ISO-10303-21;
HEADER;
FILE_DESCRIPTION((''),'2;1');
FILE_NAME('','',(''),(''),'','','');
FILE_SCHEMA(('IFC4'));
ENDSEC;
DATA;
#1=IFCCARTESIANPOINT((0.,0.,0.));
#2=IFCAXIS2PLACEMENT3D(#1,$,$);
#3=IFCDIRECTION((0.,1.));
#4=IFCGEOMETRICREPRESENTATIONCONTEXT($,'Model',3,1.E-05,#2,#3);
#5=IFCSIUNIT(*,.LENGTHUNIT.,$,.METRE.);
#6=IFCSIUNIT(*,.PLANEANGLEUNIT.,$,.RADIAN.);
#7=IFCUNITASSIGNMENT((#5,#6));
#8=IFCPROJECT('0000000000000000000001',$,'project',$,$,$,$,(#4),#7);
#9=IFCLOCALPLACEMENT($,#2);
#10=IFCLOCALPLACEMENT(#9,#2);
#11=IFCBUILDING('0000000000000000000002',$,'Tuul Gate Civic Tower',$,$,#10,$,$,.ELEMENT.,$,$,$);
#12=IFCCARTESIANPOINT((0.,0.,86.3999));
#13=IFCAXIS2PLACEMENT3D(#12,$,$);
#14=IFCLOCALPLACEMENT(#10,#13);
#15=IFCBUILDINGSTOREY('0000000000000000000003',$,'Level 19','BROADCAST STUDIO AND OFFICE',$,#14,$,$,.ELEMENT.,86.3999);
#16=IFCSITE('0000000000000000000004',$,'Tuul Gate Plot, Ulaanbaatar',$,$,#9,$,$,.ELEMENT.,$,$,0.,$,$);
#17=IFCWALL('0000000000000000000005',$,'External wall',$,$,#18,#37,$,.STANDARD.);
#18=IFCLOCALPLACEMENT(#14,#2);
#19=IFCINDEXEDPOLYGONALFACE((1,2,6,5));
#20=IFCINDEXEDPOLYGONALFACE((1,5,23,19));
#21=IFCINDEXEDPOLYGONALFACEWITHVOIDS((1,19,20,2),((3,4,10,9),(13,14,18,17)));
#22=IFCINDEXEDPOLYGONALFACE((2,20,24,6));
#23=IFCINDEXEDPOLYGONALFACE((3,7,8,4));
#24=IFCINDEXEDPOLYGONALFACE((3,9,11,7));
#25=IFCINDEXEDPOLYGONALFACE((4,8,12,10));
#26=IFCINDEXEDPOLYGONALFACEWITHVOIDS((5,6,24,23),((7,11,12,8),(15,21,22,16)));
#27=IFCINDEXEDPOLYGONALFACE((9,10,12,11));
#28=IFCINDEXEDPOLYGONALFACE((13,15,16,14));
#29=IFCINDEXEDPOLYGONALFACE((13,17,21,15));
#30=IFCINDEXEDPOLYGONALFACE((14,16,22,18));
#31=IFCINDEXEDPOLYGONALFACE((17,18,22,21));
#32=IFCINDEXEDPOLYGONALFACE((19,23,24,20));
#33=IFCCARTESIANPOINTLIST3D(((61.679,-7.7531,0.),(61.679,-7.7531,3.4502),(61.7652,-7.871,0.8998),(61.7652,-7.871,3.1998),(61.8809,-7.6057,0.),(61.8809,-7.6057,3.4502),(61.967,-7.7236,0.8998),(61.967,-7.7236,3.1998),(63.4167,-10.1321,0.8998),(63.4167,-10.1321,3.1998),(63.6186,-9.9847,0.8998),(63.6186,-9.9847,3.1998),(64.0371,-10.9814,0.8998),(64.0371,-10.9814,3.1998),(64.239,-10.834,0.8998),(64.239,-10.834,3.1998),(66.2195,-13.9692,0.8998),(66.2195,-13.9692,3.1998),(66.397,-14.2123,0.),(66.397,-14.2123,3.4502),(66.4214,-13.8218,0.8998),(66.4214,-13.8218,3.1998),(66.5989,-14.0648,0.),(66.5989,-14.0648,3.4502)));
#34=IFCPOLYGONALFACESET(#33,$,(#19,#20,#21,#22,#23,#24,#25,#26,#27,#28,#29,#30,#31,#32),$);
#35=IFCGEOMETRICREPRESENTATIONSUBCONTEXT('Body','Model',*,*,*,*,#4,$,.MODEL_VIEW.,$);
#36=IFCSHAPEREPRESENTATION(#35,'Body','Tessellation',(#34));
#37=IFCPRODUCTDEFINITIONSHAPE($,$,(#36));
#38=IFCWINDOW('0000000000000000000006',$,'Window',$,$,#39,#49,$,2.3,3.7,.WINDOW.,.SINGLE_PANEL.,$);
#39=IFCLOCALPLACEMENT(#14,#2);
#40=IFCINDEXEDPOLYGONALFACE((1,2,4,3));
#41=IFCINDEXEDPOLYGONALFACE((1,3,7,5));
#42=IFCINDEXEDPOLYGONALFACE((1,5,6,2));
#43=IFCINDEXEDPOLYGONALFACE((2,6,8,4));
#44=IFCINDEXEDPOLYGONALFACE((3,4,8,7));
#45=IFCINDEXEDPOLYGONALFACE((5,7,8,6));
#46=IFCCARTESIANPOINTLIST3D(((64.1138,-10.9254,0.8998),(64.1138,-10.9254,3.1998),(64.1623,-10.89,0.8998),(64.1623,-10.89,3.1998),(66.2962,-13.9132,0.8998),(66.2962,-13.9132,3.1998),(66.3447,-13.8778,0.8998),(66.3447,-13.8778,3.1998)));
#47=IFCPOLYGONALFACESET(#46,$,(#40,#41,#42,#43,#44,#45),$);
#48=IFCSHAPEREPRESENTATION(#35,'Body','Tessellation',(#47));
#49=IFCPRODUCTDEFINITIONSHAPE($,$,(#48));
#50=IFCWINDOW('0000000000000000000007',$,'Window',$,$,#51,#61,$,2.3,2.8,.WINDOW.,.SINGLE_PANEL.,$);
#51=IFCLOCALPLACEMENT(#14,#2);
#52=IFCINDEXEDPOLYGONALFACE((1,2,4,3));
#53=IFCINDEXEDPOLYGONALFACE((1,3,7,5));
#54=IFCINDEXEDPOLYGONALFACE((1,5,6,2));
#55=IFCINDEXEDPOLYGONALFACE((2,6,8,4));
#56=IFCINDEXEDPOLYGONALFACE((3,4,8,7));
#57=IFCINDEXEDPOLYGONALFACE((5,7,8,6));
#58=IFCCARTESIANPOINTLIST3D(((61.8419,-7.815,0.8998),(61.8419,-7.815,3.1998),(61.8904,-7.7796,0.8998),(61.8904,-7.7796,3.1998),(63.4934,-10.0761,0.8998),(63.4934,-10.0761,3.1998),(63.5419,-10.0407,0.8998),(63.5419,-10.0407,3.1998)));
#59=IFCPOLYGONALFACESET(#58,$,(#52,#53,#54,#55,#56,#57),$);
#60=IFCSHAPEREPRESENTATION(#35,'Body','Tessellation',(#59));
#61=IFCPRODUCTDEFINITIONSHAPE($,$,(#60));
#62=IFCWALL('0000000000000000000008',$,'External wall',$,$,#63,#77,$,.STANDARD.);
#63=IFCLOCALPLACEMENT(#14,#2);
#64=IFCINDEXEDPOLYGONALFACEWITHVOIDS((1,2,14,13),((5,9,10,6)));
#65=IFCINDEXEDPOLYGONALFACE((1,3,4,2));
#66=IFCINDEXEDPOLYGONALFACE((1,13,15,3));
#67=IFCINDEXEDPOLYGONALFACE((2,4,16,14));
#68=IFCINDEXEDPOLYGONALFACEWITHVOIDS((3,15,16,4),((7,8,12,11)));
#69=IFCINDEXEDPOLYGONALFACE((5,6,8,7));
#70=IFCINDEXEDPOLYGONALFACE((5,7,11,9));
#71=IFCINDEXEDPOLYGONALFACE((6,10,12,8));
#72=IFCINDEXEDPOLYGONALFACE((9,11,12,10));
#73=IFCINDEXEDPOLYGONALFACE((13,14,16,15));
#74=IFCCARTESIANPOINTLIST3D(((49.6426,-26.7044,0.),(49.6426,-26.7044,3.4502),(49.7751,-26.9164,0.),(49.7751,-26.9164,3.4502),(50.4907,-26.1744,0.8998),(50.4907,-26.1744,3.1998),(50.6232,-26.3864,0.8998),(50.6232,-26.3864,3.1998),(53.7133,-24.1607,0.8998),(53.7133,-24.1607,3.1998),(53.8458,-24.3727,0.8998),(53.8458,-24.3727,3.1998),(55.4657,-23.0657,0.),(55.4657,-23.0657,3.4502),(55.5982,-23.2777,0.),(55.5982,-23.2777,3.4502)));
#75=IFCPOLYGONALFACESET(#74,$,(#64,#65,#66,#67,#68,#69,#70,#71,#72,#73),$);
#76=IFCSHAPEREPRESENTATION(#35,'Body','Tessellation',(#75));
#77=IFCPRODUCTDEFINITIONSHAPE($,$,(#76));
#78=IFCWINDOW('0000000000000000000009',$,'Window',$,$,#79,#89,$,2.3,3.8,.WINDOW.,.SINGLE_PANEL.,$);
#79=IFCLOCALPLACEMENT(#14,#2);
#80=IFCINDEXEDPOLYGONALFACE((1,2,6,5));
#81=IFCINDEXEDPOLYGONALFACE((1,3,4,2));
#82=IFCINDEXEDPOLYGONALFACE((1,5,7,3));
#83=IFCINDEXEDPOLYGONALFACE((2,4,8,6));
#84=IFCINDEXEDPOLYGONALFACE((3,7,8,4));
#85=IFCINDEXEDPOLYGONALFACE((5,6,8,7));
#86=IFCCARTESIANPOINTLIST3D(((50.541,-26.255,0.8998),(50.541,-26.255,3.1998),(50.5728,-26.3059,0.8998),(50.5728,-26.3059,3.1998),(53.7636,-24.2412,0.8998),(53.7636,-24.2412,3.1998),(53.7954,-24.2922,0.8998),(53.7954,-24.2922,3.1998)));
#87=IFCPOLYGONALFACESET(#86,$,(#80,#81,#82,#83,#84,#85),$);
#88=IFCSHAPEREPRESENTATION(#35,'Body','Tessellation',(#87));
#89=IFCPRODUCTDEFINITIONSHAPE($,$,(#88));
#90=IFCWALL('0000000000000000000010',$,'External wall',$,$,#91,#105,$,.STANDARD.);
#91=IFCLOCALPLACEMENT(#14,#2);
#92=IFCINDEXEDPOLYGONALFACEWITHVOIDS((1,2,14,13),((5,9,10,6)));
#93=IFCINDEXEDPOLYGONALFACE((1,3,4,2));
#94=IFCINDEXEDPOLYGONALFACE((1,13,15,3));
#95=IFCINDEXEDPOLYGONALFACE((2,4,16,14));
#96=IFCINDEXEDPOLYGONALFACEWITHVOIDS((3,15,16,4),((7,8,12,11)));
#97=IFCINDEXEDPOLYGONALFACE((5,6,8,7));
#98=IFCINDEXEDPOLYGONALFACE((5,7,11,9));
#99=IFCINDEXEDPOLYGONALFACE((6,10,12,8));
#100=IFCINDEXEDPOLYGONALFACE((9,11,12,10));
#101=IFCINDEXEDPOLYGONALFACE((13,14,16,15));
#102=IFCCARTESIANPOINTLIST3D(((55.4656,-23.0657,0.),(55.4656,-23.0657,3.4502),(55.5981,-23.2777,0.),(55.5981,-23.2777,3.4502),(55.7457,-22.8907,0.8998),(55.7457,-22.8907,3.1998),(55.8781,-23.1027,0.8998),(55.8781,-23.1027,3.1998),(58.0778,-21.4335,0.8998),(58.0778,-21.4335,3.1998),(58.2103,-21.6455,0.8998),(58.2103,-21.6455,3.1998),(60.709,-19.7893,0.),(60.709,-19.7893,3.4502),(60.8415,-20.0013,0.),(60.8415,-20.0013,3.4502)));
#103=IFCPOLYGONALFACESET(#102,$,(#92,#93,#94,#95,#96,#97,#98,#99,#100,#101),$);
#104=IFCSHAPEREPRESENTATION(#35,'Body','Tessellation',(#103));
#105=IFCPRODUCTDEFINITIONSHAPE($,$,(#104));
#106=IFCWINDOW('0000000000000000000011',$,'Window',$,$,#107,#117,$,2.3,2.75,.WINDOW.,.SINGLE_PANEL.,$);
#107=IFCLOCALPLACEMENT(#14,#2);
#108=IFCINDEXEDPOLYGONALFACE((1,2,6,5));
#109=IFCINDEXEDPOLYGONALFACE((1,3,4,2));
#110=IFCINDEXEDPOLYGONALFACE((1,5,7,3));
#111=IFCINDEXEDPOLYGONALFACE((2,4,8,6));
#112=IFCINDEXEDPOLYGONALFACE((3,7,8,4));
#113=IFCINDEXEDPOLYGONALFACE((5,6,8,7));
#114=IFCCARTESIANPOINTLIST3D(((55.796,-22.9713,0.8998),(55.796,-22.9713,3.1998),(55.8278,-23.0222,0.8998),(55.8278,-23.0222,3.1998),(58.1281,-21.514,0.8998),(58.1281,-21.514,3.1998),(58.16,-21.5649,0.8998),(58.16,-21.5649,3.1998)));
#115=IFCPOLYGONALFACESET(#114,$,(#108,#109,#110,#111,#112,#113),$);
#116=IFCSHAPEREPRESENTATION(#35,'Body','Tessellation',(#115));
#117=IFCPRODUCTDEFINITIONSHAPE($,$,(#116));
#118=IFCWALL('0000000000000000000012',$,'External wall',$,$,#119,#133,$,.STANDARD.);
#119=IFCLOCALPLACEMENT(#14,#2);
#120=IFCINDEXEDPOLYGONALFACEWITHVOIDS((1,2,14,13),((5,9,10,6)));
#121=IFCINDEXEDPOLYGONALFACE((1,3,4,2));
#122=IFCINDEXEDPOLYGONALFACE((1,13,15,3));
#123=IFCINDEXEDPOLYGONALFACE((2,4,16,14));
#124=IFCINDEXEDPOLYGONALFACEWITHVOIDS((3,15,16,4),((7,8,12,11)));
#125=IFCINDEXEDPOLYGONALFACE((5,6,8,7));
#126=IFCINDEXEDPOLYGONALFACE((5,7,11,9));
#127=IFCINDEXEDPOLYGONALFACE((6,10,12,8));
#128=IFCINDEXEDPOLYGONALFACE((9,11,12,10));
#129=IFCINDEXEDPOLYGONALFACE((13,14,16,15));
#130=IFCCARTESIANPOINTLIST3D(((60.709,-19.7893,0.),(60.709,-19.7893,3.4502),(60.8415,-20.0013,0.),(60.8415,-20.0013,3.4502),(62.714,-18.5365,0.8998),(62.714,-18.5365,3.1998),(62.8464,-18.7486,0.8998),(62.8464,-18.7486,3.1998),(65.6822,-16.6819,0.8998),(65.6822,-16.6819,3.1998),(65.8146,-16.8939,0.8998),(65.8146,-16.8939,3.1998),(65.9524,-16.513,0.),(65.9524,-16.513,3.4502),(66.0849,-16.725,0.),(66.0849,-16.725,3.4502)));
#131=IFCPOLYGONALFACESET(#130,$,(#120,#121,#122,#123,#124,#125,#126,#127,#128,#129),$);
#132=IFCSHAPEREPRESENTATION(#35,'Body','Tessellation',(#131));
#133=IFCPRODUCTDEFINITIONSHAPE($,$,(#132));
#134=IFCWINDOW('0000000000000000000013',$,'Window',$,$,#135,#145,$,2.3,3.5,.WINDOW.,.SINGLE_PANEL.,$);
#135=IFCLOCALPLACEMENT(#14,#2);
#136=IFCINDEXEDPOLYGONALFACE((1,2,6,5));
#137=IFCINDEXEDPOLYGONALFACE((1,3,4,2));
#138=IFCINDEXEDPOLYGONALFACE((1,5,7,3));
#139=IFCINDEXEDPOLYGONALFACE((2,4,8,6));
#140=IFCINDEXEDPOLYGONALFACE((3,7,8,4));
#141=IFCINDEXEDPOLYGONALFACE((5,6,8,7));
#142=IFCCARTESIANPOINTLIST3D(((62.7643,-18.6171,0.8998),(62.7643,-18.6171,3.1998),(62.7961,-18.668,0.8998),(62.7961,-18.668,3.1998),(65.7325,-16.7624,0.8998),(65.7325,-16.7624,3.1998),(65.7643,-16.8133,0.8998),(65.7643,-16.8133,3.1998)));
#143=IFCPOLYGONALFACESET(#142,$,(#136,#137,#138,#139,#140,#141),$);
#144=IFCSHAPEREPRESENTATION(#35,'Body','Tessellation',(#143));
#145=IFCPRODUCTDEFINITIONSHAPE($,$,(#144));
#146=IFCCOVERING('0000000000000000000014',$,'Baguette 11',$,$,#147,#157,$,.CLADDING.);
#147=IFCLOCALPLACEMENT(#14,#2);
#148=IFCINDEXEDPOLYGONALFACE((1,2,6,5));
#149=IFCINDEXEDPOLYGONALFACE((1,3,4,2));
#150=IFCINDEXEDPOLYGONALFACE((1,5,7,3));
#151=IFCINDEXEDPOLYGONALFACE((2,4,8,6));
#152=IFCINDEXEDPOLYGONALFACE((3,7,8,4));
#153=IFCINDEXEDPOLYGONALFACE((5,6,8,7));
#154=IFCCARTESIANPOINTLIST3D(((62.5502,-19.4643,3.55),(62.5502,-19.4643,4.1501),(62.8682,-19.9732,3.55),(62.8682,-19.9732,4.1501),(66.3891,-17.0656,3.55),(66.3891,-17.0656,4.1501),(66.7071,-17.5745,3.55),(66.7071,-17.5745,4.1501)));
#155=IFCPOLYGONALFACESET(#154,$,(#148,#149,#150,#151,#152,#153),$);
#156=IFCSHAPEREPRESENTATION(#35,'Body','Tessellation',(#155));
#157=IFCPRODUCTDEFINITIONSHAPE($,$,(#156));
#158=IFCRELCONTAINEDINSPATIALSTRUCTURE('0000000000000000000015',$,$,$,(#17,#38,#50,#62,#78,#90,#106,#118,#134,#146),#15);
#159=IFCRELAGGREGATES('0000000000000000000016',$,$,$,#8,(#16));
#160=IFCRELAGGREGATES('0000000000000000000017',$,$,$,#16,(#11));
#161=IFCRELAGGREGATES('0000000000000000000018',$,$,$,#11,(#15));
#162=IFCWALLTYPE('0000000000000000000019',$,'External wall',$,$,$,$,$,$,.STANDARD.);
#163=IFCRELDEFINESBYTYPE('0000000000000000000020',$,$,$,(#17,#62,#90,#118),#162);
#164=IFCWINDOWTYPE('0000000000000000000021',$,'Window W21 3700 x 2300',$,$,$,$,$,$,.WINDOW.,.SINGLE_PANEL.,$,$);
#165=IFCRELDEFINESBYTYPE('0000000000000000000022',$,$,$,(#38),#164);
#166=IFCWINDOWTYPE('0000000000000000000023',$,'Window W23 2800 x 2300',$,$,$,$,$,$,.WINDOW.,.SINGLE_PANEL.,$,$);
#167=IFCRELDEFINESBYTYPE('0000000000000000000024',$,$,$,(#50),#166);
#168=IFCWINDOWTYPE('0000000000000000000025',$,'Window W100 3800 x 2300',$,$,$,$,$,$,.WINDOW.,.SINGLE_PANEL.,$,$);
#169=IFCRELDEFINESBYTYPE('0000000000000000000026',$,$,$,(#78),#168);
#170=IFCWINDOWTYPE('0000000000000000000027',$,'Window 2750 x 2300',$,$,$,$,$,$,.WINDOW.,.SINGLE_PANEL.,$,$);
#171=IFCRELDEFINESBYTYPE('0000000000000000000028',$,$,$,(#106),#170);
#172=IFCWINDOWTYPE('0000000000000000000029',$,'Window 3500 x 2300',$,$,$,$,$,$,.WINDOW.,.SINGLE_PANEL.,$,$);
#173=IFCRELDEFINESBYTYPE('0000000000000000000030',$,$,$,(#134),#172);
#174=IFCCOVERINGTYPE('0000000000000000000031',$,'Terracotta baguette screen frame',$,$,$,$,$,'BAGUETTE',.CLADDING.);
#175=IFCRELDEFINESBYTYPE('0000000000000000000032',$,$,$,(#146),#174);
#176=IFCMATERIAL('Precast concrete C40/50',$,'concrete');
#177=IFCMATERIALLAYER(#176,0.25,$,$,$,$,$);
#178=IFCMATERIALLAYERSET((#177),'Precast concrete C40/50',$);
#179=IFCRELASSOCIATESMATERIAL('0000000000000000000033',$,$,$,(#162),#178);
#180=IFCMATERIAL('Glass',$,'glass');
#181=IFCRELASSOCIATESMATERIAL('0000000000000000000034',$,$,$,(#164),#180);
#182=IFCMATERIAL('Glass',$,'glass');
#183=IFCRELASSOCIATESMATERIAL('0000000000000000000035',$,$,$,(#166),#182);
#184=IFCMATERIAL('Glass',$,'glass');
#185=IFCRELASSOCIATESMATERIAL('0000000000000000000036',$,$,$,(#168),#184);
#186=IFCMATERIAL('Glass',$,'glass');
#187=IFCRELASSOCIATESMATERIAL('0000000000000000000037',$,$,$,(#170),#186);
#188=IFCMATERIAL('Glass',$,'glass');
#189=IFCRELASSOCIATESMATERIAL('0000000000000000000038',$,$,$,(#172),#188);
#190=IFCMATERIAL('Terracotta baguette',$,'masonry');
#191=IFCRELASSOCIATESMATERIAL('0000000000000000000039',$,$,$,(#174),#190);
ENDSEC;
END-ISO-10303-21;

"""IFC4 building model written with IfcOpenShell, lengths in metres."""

from ifc_helpers import new_model, si_unit, direction, frame, frame_2d, origin, origin_2d, place, context, subcontext, project, spatial, rectangle, extrude, material, layer, layer_set, material_profile, profile_set, type_object, element, fill, save


model = new_model("IFC4")

# Units and contexts
model_context = context("Model", 3, precision=1e-05, world=origin(), true_north=direction((0.0, 1.0)))
body_context = subcontext(model_context, "Body", "Model", "MODEL_VIEW")
ifc_project = project(units=[si_unit("LENGTHUNIT", "METRE"), si_unit("PLANEANGLEUNIT", "RADIAN")], contexts=[model_context])

# Site, building, storey
site_placement = place(None, origin())
site = spatial("IfcSite", under=ifc_project, at=site_placement, Name="Tuul Gate Plot, Ulaanbaatar", CompositionType="ELEMENT", RefElevation=0.0)
building_placement = place(site_placement, origin())
building = spatial("IfcBuilding", under=site, at=building_placement, Name="Tuul Gate Civic Tower", CompositionType="ELEMENT")
storey_placement = place(building_placement, frame((0.0, 0.0, 86.3999)))
storey = spatial("IfcBuildingStorey", under=building, at=storey_placement, Name="Level 19", Description="BROADCAST STUDIO AND OFFICE", CompositionType="ELEMENT", Elevation=86.3999)

# Shared definitions
ifc_material_1 = material(Name="Precast concrete C40/50", Category="concrete")
ifc_layer = layer(ifc_material_1, 0.25)
ifc_layer_set = layer_set([ifc_layer], Name="Precast concrete C40/50")
wall_type = type_object("IfcWallType", Name="External wall", PredefinedType="STANDARD", material=ifc_layer_set)

# Wall, openings, windows
wall_1_placement = place(storey_placement, frame((66.498, -14.1387, 0.0), z_axis=(0.0, 0.0, 1.0), x_axis=(-0.589838, 0.807521, 0.0)))
wall_1 = element("IfcWall", 1, at=wall_1_placement, inside=storey, type_object=wall_type, Name="External wall", PredefinedType="STANDARD", context=body_context, shape_type="SweptSolid", body=[
    extrude(rectangle(XDim=7.9988, YDim=0.25, at=frame_2d((3.9995, 0.0))), origin(), (0.0, 0.0, 1.0), 3.4502),
])
opening_1_placement = place(wall_1_placement, frame((0.301, 0.0, 0.8999)))
opening_1 = element("IfcOpeningElement", 2, at=opening_1_placement, cuts=wall_1, PredefinedType="OPENING", context=body_context, shape_type="SweptSolid", body=[
    extrude(rectangle(XDim=3.7, YDim=2.3, at=frame_2d((1.8501, 1.1499))), frame((0.0, 0.135, 0.0), z_axis=(0.0, -1.0, 0.0), x_axis=(1.0, 0.0, 0.0)), (0.0, 0.0, 1.0), 0.27),
])
opening_2_placement = place(wall_1_placement, frame((5.053, 0.0, 0.8999)))
opening_2 = element("IfcOpeningElement", 3, at=opening_2_placement, cuts=wall_1, PredefinedType="OPENING", context=body_context, shape_type="SweptSolid", body=[
    extrude(rectangle(XDim=2.8, YDim=2.3, at=frame_2d((1.3999, 1.1499))), frame((0.0, 0.135, 0.0), z_axis=(0.0, -1.0, 0.0), x_axis=(1.0, 0.0, 0.0)), (0.0, 0.0, 1.0), 0.27),
])
ifc_material_2 = material(Name="Glass", Category="glass")
window_type_1 = type_object("IfcWindowType", Name="Window W21 3700 x 2300", PartitioningType="SINGLE_PANEL", PredefinedType="WINDOW", material=ifc_material_2)
window_1_placement = place(opening_1_placement, origin())
window_1 = element("IfcWindow", 4, at=window_1_placement, inside=storey, type_object=window_type_1, Name="Window", OverallHeight=2.3, OverallWidth=3.7, PartitioningType="SINGLE_PANEL", PredefinedType="WINDOW", context=body_context, shape_type="SweptSolid", body=[
    extrude(rectangle(XDim=3.7, YDim=2.3, at=frame_2d((1.8501, 1.1499))), frame((0.0, 0.03, 0.0), z_axis=(0.0, -1.0, 0.0), x_axis=(1.0, 0.0, 0.0)), (0.0, 0.0, 1.0), 0.0601),
])
fill(opening_1, window_1)
ifc_material_3 = material(Name="Glass", Category="glass")
window_type_2 = type_object("IfcWindowType", Name="Window W23 2800 x 2300", PartitioningType="SINGLE_PANEL", PredefinedType="WINDOW", material=ifc_material_3)
window_2_placement = place(opening_2_placement, origin())
window_2 = element("IfcWindow", 5, at=window_2_placement, inside=storey, type_object=window_type_2, Name="Window", OverallHeight=2.3, OverallWidth=2.8, PartitioningType="SINGLE_PANEL", PredefinedType="WINDOW", context=body_context, shape_type="SweptSolid", body=[
    extrude(rectangle(XDim=2.8, YDim=2.3, at=frame_2d((1.3999, 1.1499))), frame((0.0, 0.03, 0.0), z_axis=(0.0, -1.0, 0.0), x_axis=(1.0, 0.0, 0.0)), (0.0, 0.0, 1.0), 0.0601),
])
fill(opening_2, window_2)

# Walls, openings, windows
wall_2_placement = place(storey_placement, frame((49.709, -26.8103, 0.0), z_axis=(0.0, 0.0, 1.0), x_axis=(0.848044, 0.529925, 0.0)))
wall_2 = element("IfcWall", 6, at=wall_2_placement, inside=storey, type_object=wall_type, Name="External wall", PredefinedType="STANDARD", context=body_context, shape_type="SweptSolid", body=[
    extrude(rectangle(XDim=6.8665, YDim=0.25, at=frame_2d((3.4331, 0.0))), origin(), (0.0, 0.0, 1.0), 3.4502),
])
opening_3_placement = place(wall_2_placement, frame((1.0, 0.0, 0.8999)))
opening_3 = element("IfcOpeningElement", 7, at=opening_3_placement, cuts=wall_2, PredefinedType="OPENING", context=body_context, shape_type="SweptSolid", body=[
    extrude(rectangle(XDim=3.8, YDim=2.3, at=frame_2d((1.8999, 1.1499))), frame((0.0, 0.135, 0.0), z_axis=(0.0, -1.0, 0.0), x_axis=(1.0, 0.0, 0.0)), (0.0, 0.0, 1.0), 0.27),
])
ifc_material_4 = material(Name="Glass", Category="glass")
window_type_3 = type_object("IfcWindowType", Name="Window W100 3800 x 2300", PartitioningType="SINGLE_PANEL", PredefinedType="WINDOW", material=ifc_material_4)
window_3_placement = place(opening_3_placement, origin())
window_3 = element("IfcWindow", 8, at=window_3_placement, inside=storey, type_object=window_type_3, Name="Window", OverallHeight=2.3, OverallWidth=3.8, PartitioningType="SINGLE_PANEL", PredefinedType="WINDOW", context=body_context, shape_type="SweptSolid", body=[
    extrude(rectangle(XDim=3.8, YDim=2.3, at=frame_2d((1.8999, 1.1499))), frame((0.0, 0.03, 0.0), z_axis=(0.0, -1.0, 0.0), x_axis=(1.0, 0.0, 0.0)), (0.0, 0.0, 1.0), 0.0601),
])
fill(opening_3, window_3)
wall_3_placement = place(storey_placement, frame((55.532, -23.1716, 0.0), z_axis=(0.0, 0.0, 1.0), x_axis=(0.848054, 0.52991, 0.0)))
wall_3 = element("IfcWall", 9, at=wall_3_placement, inside=storey, type_object=wall_type, Name="External wall", PredefinedType="STANDARD", context=body_context, shape_type="SweptSolid", body=[
    extrude(rectangle(XDim=6.1829, YDim=0.25, at=frame_2d((3.0913, 0.0))), origin(), (0.0, 0.0, 1.0), 3.4502),
])
opening_4_placement = place(wall_3_placement, frame((0.3301, 0.0, 0.8999)))
opening_4 = element("IfcOpeningElement", 10, at=opening_4_placement, cuts=wall_3, PredefinedType="OPENING", context=body_context, shape_type="SweptSolid", body=[
    extrude(rectangle(XDim=2.75, YDim=2.3, at=frame_2d((1.375, 1.1499))), frame((0.0, 0.135, 0.0), z_axis=(0.0, -1.0, 0.0), x_axis=(1.0, 0.0, 0.0)), (0.0, 0.0, 1.0), 0.27),
])
ifc_material_5 = material(Name="Glass", Category="glass")
window_type_4 = type_object("IfcWindowType", Name="Window 2750 x 2300", PartitioningType="SINGLE_PANEL", PredefinedType="WINDOW", material=ifc_material_5)
window_4_placement = place(opening_4_placement, origin())
window_4 = element("IfcWindow", 11, at=window_4_placement, inside=storey, type_object=window_type_4, Name="Window", OverallHeight=2.3, OverallWidth=2.75, PartitioningType="SINGLE_PANEL", PredefinedType="WINDOW", context=body_context, shape_type="SweptSolid", body=[
    extrude(rectangle(XDim=2.75, YDim=2.3, at=frame_2d((1.375, 1.1499))), frame((0.0, 0.03, 0.0), z_axis=(0.0, -1.0, 0.0), x_axis=(1.0, 0.0, 0.0)), (0.0, 0.0, 1.0), 0.0601),
])
fill(opening_4, window_4)
wall_4_placement = place(storey_placement, frame((60.7754, -19.8953, 0.0), z_axis=(0.0, 0.0, 1.0), x_axis=(0.848054, 0.52991, 0.0)))
wall_4 = element("IfcWall", 12, at=wall_4_placement, inside=storey, type_object=wall_type, Name="External wall", PredefinedType="STANDARD", context=body_context, shape_type="SweptSolid", body=[
    extrude(rectangle(XDim=6.1829, YDim=0.25, at=frame_2d((3.0913, 0.0))), origin(), (0.0, 0.0, 1.0), 3.4502),
])
opening_5_placement = place(wall_4_placement, frame((2.364, 0.0, 0.8999)))
opening_5 = element("IfcOpeningElement", 13, at=opening_5_placement, cuts=wall_4, PredefinedType="OPENING", context=body_context, shape_type="SweptSolid", body=[
    extrude(rectangle(XDim=3.5, YDim=2.3, at=frame_2d((1.75, 1.1499))), frame((0.0, 0.135, 0.0), z_axis=(0.0, -1.0, 0.0), x_axis=(1.0, 0.0, 0.0)), (0.0, 0.0, 1.0), 0.27),
])
ifc_material_6 = material(Name="Glass", Category="glass")
window_type_5 = type_object("IfcWindowType", Name="Window 3500 x 2300", PartitioningType="SINGLE_PANEL", PredefinedType="WINDOW", material=ifc_material_6)
window_5_placement = place(opening_5_placement, origin())
window_5 = element("IfcWindow", 14, at=window_5_placement, inside=storey, type_object=window_type_5, Name="Window", OverallHeight=2.3, OverallWidth=3.5, PartitioningType="SINGLE_PANEL", PredefinedType="WINDOW", context=body_context, shape_type="SweptSolid", body=[
    extrude(rectangle(XDim=3.5, YDim=2.3, at=frame_2d((1.75, 1.1499))), frame((0.0, 0.03, 0.0), z_axis=(0.0, -1.0, 0.0), x_axis=(1.0, 0.0, 0.0)), (0.0, 0.0, 1.0), 0.0601),
])
fill(opening_5, window_5)

# Covering
ifc_material_7 = material(Name="Terracotta baguette", Category="masonry")
ifc_material_profile_1 = material_profile(ifc_material_7, rectangle(XDim=0.6001, YDim=0.6001, at=origin_2d()), Name="Terracotta baguette screen frame")
ifc_profile_set_1 = profile_set([ifc_material_profile_1], Name="Terracotta baguette")
covering_type = type_object("IfcCoveringType", Name="Terracotta baguette screen frame", ElementType="BAGUETTE", PredefinedType="CLADDING", material=ifc_profile_set_1)
covering_1_placement = place(storey_placement, frame((62.7092, -19.7188, 3.8501), z_axis=(0.848059, 0.529902, 0.0), x_axis=(-0.529902, 0.848059, 0.0)))
element("IfcCovering", 15, at=covering_1_placement, inside=storey, type_object=covering_type, Name="Baguette 11", PredefinedType="CLADDING", context=body_context, shape_type="SweptSolid", body=[
    extrude(rectangle(XDim=0.6001, YDim=0.6001, at=origin_2d()), origin(), (0.0, 0.0, 1.0), 4.5266),
])

save(model, "model.ifc")
